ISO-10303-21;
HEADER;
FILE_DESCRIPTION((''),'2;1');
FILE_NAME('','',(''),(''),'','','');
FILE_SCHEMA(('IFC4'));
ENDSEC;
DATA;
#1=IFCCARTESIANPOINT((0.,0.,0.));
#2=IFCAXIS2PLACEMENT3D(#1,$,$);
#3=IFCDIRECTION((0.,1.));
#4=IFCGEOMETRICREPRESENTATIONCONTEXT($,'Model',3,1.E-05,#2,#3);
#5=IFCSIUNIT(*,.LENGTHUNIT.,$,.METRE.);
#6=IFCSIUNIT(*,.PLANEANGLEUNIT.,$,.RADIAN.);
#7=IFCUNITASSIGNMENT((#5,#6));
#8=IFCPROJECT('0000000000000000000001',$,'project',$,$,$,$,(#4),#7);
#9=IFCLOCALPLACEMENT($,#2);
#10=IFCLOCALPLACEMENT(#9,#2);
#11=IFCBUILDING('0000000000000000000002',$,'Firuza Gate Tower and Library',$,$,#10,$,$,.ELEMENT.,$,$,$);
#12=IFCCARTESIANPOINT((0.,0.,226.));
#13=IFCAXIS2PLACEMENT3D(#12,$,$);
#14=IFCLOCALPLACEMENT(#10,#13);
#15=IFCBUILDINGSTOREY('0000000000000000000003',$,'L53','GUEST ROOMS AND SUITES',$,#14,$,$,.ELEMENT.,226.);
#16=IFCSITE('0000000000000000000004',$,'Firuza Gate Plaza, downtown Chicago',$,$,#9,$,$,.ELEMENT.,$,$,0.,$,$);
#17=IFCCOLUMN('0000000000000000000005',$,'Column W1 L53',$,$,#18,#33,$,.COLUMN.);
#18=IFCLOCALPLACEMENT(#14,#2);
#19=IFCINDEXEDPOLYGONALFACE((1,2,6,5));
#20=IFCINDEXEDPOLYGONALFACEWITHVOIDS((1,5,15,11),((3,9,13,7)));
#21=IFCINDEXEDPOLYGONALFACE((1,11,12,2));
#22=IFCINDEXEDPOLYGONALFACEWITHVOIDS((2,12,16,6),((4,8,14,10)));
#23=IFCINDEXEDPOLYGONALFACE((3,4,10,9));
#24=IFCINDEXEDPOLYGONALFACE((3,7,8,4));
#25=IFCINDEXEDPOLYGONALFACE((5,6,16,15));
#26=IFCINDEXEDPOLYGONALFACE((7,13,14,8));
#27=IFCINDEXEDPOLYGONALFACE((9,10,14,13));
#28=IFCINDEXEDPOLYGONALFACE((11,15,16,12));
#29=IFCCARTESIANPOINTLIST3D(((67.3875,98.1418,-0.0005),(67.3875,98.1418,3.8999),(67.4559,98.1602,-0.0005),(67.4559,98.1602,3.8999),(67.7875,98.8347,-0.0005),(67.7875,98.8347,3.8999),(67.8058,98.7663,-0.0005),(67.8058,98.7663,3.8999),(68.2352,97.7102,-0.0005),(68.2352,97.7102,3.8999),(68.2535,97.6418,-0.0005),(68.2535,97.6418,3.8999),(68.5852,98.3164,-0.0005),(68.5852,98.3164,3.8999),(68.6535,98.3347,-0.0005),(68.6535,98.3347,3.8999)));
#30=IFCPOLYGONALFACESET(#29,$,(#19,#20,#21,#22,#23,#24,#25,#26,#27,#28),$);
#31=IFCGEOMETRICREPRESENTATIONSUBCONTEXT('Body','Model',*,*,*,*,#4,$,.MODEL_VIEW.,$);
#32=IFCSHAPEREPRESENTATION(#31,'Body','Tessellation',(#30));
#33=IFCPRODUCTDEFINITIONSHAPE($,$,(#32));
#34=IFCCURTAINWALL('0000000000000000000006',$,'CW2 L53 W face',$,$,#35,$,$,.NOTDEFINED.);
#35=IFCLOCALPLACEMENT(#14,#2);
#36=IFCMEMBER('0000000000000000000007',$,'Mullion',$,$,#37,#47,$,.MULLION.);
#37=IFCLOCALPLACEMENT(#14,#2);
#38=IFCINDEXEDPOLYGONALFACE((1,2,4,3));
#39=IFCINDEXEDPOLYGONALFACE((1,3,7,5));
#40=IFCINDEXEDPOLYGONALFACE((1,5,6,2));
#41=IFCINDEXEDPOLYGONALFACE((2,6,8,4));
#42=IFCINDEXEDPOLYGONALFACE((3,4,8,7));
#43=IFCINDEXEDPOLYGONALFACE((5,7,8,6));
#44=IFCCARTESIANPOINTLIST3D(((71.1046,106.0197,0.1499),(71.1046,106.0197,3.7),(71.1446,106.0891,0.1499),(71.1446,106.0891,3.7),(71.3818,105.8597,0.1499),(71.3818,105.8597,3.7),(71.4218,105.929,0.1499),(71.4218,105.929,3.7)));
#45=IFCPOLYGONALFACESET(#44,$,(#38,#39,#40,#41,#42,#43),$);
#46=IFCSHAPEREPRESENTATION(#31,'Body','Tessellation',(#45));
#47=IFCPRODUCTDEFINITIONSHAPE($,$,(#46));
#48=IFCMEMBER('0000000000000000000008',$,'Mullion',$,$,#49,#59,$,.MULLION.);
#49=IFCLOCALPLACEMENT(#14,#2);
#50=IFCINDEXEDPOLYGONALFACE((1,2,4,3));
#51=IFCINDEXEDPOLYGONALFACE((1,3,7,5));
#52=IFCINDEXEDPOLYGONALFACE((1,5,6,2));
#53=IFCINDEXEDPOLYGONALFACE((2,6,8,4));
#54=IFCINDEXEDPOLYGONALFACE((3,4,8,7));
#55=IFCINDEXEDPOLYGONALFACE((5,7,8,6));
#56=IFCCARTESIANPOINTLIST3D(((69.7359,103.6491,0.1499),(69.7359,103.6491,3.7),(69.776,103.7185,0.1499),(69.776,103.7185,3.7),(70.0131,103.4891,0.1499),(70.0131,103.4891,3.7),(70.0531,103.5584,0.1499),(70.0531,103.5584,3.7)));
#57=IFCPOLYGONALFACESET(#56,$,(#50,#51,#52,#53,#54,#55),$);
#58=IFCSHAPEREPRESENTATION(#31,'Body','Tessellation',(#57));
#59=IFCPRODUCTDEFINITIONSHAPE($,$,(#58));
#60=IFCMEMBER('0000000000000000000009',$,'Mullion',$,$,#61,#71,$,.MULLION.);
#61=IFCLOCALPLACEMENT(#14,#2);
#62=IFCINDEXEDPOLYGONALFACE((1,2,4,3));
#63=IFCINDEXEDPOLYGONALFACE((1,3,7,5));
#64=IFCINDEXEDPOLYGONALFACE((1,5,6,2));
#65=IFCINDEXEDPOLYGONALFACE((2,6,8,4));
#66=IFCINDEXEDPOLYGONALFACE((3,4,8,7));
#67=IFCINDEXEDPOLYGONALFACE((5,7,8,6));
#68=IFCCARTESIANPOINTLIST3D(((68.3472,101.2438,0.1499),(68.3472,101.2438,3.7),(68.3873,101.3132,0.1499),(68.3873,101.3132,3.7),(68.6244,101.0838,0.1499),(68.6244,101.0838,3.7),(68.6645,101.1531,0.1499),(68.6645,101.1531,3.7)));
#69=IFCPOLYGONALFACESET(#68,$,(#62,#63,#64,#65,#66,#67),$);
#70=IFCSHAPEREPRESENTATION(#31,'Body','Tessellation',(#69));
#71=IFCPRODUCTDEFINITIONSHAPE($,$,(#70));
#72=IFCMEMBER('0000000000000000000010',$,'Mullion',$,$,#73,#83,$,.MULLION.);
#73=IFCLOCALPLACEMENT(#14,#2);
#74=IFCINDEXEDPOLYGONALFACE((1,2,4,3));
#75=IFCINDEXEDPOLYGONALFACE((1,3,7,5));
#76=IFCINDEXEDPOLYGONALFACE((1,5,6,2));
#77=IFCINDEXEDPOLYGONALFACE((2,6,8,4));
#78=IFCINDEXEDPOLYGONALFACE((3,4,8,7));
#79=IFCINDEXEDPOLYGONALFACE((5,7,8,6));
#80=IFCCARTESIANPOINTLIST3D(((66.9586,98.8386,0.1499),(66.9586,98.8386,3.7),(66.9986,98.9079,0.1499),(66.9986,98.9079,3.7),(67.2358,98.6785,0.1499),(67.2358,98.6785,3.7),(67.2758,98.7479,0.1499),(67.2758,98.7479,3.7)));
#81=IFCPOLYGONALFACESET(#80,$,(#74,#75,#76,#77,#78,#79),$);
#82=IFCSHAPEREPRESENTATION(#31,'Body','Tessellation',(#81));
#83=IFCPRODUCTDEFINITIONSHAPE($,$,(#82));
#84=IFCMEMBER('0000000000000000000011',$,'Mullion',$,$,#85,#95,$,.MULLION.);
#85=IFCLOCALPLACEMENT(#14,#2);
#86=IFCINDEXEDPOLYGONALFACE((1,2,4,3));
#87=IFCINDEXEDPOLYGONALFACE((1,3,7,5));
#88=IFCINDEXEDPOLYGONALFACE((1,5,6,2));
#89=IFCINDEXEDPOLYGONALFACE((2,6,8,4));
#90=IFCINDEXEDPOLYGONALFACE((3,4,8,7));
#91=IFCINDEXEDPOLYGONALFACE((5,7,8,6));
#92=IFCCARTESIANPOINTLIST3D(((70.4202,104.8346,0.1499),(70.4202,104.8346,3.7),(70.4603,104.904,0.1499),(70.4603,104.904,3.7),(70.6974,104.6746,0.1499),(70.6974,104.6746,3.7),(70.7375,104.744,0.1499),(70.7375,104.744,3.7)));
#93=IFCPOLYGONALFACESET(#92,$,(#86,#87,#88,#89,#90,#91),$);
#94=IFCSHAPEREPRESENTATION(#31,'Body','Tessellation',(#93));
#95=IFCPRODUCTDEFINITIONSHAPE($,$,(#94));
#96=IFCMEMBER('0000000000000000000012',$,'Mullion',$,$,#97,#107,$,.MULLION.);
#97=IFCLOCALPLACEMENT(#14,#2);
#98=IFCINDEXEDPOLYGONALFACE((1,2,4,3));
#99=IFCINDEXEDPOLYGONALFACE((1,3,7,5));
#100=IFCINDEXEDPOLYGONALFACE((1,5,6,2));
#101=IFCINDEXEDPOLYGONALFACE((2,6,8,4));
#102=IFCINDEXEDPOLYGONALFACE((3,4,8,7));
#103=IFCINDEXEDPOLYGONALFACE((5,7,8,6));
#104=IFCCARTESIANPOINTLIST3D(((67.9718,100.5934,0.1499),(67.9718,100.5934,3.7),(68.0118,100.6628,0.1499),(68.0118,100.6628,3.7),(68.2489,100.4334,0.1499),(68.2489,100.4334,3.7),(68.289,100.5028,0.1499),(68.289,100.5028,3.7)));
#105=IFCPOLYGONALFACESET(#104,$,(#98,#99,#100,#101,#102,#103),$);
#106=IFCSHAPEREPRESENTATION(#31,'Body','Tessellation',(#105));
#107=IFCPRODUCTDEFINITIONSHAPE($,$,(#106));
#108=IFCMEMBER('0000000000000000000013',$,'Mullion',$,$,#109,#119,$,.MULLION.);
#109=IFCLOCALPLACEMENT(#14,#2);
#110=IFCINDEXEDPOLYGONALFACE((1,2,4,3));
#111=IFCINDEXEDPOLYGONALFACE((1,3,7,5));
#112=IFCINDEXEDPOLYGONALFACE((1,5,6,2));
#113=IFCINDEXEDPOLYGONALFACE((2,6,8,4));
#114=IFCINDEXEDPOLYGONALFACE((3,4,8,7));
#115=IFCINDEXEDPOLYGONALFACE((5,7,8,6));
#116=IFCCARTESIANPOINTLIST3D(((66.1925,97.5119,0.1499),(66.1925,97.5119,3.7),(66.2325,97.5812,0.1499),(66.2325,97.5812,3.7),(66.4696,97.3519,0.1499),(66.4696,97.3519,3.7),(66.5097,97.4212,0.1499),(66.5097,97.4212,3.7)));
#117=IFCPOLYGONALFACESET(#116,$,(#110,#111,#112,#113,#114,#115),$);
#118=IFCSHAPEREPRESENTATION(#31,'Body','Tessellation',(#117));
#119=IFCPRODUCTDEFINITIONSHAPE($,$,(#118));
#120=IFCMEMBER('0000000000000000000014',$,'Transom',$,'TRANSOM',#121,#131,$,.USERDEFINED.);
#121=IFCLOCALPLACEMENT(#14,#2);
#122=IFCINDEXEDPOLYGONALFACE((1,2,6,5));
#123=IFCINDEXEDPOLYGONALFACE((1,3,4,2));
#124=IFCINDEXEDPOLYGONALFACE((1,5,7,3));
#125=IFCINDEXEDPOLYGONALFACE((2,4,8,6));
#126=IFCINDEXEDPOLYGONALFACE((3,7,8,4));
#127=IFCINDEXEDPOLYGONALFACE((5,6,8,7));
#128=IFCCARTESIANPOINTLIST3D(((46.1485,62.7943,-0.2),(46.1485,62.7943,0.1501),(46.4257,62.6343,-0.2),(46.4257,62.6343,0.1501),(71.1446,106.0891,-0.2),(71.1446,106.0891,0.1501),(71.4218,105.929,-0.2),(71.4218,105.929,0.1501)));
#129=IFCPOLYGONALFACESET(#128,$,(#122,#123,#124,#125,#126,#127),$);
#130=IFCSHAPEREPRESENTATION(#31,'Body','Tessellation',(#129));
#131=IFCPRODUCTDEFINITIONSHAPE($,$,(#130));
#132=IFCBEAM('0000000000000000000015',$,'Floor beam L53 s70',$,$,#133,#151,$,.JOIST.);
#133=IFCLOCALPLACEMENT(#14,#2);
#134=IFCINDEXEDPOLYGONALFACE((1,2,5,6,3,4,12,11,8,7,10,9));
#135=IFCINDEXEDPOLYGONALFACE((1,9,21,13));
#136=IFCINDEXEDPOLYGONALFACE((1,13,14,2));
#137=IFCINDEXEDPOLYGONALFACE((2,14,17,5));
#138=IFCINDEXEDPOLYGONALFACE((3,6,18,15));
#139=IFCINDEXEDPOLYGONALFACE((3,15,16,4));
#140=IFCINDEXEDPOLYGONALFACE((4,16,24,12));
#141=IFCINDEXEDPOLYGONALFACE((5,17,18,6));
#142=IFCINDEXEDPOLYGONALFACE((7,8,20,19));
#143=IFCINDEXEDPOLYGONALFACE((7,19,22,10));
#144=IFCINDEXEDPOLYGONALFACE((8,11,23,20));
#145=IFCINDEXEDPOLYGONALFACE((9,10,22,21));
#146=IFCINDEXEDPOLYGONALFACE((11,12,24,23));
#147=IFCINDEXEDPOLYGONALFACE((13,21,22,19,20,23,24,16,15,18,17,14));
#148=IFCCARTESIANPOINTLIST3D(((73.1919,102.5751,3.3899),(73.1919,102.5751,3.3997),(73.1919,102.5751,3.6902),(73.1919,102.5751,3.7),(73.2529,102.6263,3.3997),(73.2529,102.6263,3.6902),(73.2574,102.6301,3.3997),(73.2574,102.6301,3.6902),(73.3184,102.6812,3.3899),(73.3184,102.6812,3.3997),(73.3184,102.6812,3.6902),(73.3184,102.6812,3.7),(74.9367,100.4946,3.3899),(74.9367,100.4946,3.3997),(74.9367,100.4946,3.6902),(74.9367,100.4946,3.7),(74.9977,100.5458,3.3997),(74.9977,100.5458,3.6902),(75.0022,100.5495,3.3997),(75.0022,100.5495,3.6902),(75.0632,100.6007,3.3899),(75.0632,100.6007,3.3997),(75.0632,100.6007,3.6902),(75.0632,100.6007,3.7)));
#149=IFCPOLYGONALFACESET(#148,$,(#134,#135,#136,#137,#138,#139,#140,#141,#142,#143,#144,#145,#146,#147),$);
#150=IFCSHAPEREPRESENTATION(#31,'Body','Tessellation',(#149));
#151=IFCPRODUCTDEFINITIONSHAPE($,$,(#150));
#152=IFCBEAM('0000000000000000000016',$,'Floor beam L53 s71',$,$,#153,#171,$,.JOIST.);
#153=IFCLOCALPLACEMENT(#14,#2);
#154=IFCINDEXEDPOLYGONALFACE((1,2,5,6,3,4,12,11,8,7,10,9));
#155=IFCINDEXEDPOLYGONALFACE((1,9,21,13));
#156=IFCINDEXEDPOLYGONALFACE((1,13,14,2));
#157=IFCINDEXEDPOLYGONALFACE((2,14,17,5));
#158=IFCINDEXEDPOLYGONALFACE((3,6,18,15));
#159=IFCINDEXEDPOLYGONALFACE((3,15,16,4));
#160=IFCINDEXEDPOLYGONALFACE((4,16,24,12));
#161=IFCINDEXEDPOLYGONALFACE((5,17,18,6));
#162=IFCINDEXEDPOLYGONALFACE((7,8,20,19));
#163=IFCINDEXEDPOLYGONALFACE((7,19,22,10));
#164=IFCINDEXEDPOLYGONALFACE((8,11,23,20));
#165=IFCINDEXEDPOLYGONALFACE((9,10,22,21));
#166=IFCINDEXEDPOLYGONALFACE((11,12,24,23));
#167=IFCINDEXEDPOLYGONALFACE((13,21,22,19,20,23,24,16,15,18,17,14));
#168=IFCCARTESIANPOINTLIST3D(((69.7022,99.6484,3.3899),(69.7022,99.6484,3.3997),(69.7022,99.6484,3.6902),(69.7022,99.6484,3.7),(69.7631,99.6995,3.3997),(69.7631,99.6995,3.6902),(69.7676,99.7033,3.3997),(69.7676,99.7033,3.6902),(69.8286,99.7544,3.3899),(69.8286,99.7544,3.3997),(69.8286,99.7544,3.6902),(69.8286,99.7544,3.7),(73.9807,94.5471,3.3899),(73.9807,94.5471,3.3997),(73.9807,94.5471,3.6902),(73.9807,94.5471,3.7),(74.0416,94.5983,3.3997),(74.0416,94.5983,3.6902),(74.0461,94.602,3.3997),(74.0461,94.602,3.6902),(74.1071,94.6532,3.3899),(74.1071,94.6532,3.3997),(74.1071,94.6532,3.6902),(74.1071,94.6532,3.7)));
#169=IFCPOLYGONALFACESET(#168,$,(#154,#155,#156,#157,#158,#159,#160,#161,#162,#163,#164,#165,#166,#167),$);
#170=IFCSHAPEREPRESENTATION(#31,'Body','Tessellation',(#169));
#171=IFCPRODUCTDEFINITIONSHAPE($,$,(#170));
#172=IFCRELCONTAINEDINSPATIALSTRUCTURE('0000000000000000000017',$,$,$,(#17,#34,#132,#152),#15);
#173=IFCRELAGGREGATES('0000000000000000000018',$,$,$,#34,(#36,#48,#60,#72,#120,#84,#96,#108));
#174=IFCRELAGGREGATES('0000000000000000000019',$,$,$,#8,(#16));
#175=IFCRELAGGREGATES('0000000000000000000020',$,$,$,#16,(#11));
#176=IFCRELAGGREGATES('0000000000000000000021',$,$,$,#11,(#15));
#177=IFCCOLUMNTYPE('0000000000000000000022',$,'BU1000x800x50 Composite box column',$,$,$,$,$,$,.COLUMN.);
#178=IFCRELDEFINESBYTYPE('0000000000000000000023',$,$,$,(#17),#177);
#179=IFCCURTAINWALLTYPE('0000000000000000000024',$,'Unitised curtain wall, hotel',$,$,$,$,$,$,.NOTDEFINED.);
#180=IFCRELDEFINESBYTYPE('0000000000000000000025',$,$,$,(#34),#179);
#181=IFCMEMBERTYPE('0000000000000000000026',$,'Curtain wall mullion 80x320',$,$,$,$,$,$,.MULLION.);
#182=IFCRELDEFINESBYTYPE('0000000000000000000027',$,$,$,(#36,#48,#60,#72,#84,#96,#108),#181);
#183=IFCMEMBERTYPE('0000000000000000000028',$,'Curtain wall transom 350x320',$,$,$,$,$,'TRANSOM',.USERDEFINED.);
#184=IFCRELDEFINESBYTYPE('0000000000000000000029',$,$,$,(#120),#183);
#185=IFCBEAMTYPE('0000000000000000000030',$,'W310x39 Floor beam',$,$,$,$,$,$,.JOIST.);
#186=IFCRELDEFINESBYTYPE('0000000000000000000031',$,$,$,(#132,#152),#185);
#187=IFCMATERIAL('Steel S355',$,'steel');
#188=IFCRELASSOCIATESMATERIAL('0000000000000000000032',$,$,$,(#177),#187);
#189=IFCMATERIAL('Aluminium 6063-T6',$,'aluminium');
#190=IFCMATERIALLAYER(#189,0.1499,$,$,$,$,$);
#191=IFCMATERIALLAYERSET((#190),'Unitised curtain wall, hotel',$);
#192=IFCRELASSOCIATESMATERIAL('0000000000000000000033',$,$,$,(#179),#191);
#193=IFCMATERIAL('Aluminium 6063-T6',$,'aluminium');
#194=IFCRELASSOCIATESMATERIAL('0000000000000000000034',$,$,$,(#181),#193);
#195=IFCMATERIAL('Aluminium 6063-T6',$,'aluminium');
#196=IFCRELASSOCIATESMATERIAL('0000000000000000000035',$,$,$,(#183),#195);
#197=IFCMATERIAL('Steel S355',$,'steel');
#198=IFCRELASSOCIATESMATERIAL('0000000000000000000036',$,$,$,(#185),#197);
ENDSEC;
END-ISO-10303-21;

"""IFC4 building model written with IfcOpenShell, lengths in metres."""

from ifc_helpers import new_model, si_unit, direction, frame, origin, origin_2d, place, context, subcontext, project, spatial, rectangle, hollow_rectangle, i_section, extrude, material, layer, layer_set, material_profile, profile_set, type_object, element, aggregate, save


model = new_model("IFC4")

# Units and contexts
model_context = context("Model", 3, precision=1e-05, world=origin(), true_north=direction((0.0, 1.0)))
body_context = subcontext(model_context, "Body", "Model", "MODEL_VIEW")
ifc_project = project(units=[si_unit("LENGTHUNIT", "METRE"), si_unit("PLANEANGLEUNIT", "RADIAN")], contexts=[model_context])

# Site, building, storey
site_placement = place(None, origin())
site = spatial("IfcSite", under=ifc_project, at=site_placement, Name="Firuza Gate Plaza, downtown Chicago", CompositionType="ELEMENT", RefElevation=0.0)
building_placement = place(site_placement, origin())
building = spatial("IfcBuilding", under=site, at=building_placement, Name="Firuza Gate Tower and Library", CompositionType="ELEMENT")
storey_placement = place(building_placement, frame((0.0, 0.0, 226.0)))
storey = spatial("IfcBuildingStorey", under=building, at=storey_placement, Name="L53", Description="GUEST ROOMS AND SUITES", CompositionType="ELEMENT", Elevation=226.0)

# Column
ifc_material_1 = material(Name="Steel S355", Category="steel")
ifc_material_profile_1 = material_profile(ifc_material_1, hollow_rectangle(XDim=0.8, YDim=1.0, WallThickness=0.05, at=origin_2d()))
ifc_profile_set_1 = profile_set([ifc_material_profile_1], Name="Steel S355")
column_type = type_object("IfcColumnType", Name="BU1000x800x50 Composite box column", PredefinedType="COLUMN", material=ifc_profile_set_1)
column_placement = place(storey_placement, frame((68.0205, 98.2383, -0.0005), z_axis=(0.0, 0.0, 1.0), x_axis=(-0.5, -0.866025, 0.0)))
element("IfcColumn", 1, at=column_placement, inside=storey, type_object=column_type, Name="Column W1 L53", PredefinedType="COLUMN", context=body_context, shape_type="SweptSolid", body=[
    extrude(hollow_rectangle(XDim=0.8, YDim=1.0, WallThickness=0.05, at=origin_2d()), origin(), (0.0, 0.0, 1.0), 3.9004),
])

# Curtain wall, members
ifc_material_2 = material(Name="Aluminium 6063-T6", Category="aluminium")
ifc_layer_1 = layer(ifc_material_2, 0.1499)
ifc_layer_set_1 = layer_set([ifc_layer_1], Name="Unitised curtain wall, hotel")
curtain_wall_type = type_object("IfcCurtainWallType", Name="Unitised curtain wall, hotel", PredefinedType="NOTDEFINED", material=ifc_layer_set_1)
curtain_wall_placement = place(storey_placement, origin())
curtain_wall = element("IfcCurtainWall", 2, at=curtain_wall_placement, inside=storey, type_object=curtain_wall_type, Name="CW2 L53 W face", PredefinedType="NOTDEFINED")
ifc_material_3 = material(Name="Aluminium 6063-T6", Category="aluminium")
ifc_material_profile_2 = material_profile(ifc_material_3, rectangle(XDim=0.3201, YDim=0.0801, at=origin_2d()))
ifc_profile_set_2 = profile_set([ifc_material_profile_2], Name="Aluminium 6063-T6")
member_type_1 = type_object("IfcMemberType", Name="Curtain wall mullion 80x320", PredefinedType="MULLION", material=ifc_profile_set_2)
member_1_placement = place(storey_placement, frame((71.2632, 105.9744, 0.1499), z_axis=(0.0, 0.0, 1.0), x_axis=(0.866025, -0.5, 0.0)))
member_1 = element("IfcMember", 3, at=member_1_placement, type_object=member_type_1, Name="Mullion", PredefinedType="MULLION", context=body_context, shape_type="SweptSolid", body=[
    extrude(rectangle(XDim=0.3201, YDim=0.0801, at=origin_2d()), origin(), (0.0, 0.0, 1.0), 3.55),
])
member_2_placement = place(storey_placement, frame((69.8945, 103.6038, 0.1499), z_axis=(0.0, 0.0, 1.0), x_axis=(0.866025, -0.5, 0.0)))
member_2 = element("IfcMember", 4, at=member_2_placement, type_object=member_type_1, Name="Mullion", PredefinedType="MULLION", context=body_context, shape_type="SweptSolid", body=[
    extrude(rectangle(XDim=0.3201, YDim=0.0801, at=origin_2d()), origin(), (0.0, 0.0, 1.0), 3.55),
])
member_3_placement = place(storey_placement, frame((68.5059, 101.1985, 0.1499), z_axis=(0.0, 0.0, 1.0), x_axis=(0.866025, -0.5, 0.0)))
member_3 = element("IfcMember", 5, at=member_3_placement, type_object=member_type_1, Name="Mullion", PredefinedType="MULLION", context=body_context, shape_type="SweptSolid", body=[
    extrude(rectangle(XDim=0.3201, YDim=0.0801, at=origin_2d()), origin(), (0.0, 0.0, 1.0), 3.55),
])
member_4_placement = place(storey_placement, frame((67.1172, 98.7932, 0.1499), z_axis=(0.0, 0.0, 1.0), x_axis=(0.866025, -0.5, 0.0)))
member_4 = element("IfcMember", 6, at=member_4_placement, type_object=member_type_1, Name="Mullion", PredefinedType="MULLION", context=body_context, shape_type="SweptSolid", body=[
    extrude(rectangle(XDim=0.3201, YDim=0.0801, at=origin_2d()), origin(), (0.0, 0.0, 1.0), 3.55),
])
member_5_placement = place(storey_placement, frame((70.5789, 104.7893, 0.1499), z_axis=(0.0, 0.0, 1.0), x_axis=(0.866025, -0.5, 0.0)))
member_5 = element("IfcMember", 7, at=member_5_placement, type_object=member_type_1, Name="Mullion", PredefinedType="MULLION", context=body_context, shape_type="SweptSolid", body=[
    extrude(rectangle(XDim=0.3201, YDim=0.0801, at=origin_2d()), origin(), (0.0, 0.0, 1.0), 3.55),
])
member_6_placement = place(storey_placement, frame((68.1304, 100.5481, 0.1499), z_axis=(0.0, 0.0, 1.0), x_axis=(0.866025, -0.5, 0.0)))
member_6 = element("IfcMember", 8, at=member_6_placement, type_object=member_type_1, Name="Mullion", PredefinedType="MULLION", context=body_context, shape_type="SweptSolid", body=[
    extrude(rectangle(XDim=0.3201, YDim=0.0801, at=origin_2d()), origin(), (0.0, 0.0, 1.0), 3.55),
])
member_7_placement = place(storey_placement, frame((66.3511, 97.4666, 0.1499), z_axis=(0.0, 0.0, 1.0), x_axis=(0.866025, -0.5, 0.0)))
member_7 = element("IfcMember", 9, at=member_7_placement, type_object=member_type_1, Name="Mullion", PredefinedType="MULLION", context=body_context, shape_type="SweptSolid", body=[
    extrude(rectangle(XDim=0.3201, YDim=0.0801, at=origin_2d()), origin(), (0.0, 0.0, 1.0), 3.55),
])
ifc_material_4 = material(Name="Aluminium 6063-T6", Category="aluminium")
ifc_material_profile_3 = material_profile(ifc_material_4, rectangle(XDim=0.3201, YDim=0.3501, at=origin_2d()))
ifc_profile_set_3 = profile_set([ifc_material_profile_3], Name="Aluminium 6063-T6")
member_type_2 = type_object("IfcMemberType", Name="Curtain wall transom 350x320", ElementType="TRANSOM", PredefinedType="USERDEFINED", material=ifc_profile_set_3)
member_8_placement = place(storey_placement, frame((71.2832, 106.009, -0.0249), z_axis=(-0.499998, -0.866026, 0.0), x_axis=(0.866026, -0.499998, 0.0)))
member_8 = element("IfcMember", 10, at=member_8_placement, type_object=member_type_2, Name="Transom", ObjectType="TRANSOM", PredefinedType="USERDEFINED", context=body_context, shape_type="SweptSolid", body=[
    extrude(rectangle(XDim=0.3201, YDim=0.3501, at=origin_2d()), origin(), (0.0, 0.0, 1.0), 49.9924),
])

# Beams
ifc_material_5 = material(Name="Steel S355", Category="steel")
ifc_material_profile_4 = material_profile(ifc_material_5, i_section(OverallWidth=0.165, OverallDepth=0.3101, WebThickness=0.0059, FlangeThickness=0.0098, at=origin_2d()))
ifc_profile_set_4 = profile_set([ifc_material_profile_4], Name="Steel S355")
beam_type_1 = type_object("IfcBeamType", Name="W310x39 Floor beam", PredefinedType="JOIST", material=ifc_profile_set_4)
beam_1_placement = place(storey_placement, frame((73.2551, 102.6282, 3.5449), z_axis=(0.642587, -0.766213, 0.0), x_axis=(0.766213, 0.642587, 0.0)))
element("IfcBeam", 11, at=beam_1_placement, inside=storey, type_object=beam_type_1, Name="Floor beam L53 s70", PredefinedType="JOIST", context=body_context, shape_type="SweptSolid", body=[
    extrude(i_section(OverallWidth=0.165, OverallDepth=0.3101, WebThickness=0.0059, FlangeThickness=0.0098, at=origin_2d()), origin(), (0.0, 0.0, 1.0), 2.7153),
])
beam_2_placement = place(storey_placement, frame((69.7654, 99.7014, 3.5449), z_axis=(0.642616, -0.766189, 0.0), x_axis=(0.766189, 0.642616, 0.0)))
element("IfcBeam", 12, at=beam_2_placement, inside=storey, type_object=beam_type_1, Name="Floor beam L53 s71", PredefinedType="JOIST", context=body_context, shape_type="SweptSolid", body=[
    extrude(i_section(OverallWidth=0.165, OverallDepth=0.3101, WebThickness=0.0059, FlangeThickness=0.0098, at=origin_2d()), origin(), (0.0, 0.0, 1.0), 6.658),
])

aggregate(curtain_wall, [member_1, member_2, member_3, member_4, member_8, member_5, member_6, member_7])

save(model, "model.ifc")
